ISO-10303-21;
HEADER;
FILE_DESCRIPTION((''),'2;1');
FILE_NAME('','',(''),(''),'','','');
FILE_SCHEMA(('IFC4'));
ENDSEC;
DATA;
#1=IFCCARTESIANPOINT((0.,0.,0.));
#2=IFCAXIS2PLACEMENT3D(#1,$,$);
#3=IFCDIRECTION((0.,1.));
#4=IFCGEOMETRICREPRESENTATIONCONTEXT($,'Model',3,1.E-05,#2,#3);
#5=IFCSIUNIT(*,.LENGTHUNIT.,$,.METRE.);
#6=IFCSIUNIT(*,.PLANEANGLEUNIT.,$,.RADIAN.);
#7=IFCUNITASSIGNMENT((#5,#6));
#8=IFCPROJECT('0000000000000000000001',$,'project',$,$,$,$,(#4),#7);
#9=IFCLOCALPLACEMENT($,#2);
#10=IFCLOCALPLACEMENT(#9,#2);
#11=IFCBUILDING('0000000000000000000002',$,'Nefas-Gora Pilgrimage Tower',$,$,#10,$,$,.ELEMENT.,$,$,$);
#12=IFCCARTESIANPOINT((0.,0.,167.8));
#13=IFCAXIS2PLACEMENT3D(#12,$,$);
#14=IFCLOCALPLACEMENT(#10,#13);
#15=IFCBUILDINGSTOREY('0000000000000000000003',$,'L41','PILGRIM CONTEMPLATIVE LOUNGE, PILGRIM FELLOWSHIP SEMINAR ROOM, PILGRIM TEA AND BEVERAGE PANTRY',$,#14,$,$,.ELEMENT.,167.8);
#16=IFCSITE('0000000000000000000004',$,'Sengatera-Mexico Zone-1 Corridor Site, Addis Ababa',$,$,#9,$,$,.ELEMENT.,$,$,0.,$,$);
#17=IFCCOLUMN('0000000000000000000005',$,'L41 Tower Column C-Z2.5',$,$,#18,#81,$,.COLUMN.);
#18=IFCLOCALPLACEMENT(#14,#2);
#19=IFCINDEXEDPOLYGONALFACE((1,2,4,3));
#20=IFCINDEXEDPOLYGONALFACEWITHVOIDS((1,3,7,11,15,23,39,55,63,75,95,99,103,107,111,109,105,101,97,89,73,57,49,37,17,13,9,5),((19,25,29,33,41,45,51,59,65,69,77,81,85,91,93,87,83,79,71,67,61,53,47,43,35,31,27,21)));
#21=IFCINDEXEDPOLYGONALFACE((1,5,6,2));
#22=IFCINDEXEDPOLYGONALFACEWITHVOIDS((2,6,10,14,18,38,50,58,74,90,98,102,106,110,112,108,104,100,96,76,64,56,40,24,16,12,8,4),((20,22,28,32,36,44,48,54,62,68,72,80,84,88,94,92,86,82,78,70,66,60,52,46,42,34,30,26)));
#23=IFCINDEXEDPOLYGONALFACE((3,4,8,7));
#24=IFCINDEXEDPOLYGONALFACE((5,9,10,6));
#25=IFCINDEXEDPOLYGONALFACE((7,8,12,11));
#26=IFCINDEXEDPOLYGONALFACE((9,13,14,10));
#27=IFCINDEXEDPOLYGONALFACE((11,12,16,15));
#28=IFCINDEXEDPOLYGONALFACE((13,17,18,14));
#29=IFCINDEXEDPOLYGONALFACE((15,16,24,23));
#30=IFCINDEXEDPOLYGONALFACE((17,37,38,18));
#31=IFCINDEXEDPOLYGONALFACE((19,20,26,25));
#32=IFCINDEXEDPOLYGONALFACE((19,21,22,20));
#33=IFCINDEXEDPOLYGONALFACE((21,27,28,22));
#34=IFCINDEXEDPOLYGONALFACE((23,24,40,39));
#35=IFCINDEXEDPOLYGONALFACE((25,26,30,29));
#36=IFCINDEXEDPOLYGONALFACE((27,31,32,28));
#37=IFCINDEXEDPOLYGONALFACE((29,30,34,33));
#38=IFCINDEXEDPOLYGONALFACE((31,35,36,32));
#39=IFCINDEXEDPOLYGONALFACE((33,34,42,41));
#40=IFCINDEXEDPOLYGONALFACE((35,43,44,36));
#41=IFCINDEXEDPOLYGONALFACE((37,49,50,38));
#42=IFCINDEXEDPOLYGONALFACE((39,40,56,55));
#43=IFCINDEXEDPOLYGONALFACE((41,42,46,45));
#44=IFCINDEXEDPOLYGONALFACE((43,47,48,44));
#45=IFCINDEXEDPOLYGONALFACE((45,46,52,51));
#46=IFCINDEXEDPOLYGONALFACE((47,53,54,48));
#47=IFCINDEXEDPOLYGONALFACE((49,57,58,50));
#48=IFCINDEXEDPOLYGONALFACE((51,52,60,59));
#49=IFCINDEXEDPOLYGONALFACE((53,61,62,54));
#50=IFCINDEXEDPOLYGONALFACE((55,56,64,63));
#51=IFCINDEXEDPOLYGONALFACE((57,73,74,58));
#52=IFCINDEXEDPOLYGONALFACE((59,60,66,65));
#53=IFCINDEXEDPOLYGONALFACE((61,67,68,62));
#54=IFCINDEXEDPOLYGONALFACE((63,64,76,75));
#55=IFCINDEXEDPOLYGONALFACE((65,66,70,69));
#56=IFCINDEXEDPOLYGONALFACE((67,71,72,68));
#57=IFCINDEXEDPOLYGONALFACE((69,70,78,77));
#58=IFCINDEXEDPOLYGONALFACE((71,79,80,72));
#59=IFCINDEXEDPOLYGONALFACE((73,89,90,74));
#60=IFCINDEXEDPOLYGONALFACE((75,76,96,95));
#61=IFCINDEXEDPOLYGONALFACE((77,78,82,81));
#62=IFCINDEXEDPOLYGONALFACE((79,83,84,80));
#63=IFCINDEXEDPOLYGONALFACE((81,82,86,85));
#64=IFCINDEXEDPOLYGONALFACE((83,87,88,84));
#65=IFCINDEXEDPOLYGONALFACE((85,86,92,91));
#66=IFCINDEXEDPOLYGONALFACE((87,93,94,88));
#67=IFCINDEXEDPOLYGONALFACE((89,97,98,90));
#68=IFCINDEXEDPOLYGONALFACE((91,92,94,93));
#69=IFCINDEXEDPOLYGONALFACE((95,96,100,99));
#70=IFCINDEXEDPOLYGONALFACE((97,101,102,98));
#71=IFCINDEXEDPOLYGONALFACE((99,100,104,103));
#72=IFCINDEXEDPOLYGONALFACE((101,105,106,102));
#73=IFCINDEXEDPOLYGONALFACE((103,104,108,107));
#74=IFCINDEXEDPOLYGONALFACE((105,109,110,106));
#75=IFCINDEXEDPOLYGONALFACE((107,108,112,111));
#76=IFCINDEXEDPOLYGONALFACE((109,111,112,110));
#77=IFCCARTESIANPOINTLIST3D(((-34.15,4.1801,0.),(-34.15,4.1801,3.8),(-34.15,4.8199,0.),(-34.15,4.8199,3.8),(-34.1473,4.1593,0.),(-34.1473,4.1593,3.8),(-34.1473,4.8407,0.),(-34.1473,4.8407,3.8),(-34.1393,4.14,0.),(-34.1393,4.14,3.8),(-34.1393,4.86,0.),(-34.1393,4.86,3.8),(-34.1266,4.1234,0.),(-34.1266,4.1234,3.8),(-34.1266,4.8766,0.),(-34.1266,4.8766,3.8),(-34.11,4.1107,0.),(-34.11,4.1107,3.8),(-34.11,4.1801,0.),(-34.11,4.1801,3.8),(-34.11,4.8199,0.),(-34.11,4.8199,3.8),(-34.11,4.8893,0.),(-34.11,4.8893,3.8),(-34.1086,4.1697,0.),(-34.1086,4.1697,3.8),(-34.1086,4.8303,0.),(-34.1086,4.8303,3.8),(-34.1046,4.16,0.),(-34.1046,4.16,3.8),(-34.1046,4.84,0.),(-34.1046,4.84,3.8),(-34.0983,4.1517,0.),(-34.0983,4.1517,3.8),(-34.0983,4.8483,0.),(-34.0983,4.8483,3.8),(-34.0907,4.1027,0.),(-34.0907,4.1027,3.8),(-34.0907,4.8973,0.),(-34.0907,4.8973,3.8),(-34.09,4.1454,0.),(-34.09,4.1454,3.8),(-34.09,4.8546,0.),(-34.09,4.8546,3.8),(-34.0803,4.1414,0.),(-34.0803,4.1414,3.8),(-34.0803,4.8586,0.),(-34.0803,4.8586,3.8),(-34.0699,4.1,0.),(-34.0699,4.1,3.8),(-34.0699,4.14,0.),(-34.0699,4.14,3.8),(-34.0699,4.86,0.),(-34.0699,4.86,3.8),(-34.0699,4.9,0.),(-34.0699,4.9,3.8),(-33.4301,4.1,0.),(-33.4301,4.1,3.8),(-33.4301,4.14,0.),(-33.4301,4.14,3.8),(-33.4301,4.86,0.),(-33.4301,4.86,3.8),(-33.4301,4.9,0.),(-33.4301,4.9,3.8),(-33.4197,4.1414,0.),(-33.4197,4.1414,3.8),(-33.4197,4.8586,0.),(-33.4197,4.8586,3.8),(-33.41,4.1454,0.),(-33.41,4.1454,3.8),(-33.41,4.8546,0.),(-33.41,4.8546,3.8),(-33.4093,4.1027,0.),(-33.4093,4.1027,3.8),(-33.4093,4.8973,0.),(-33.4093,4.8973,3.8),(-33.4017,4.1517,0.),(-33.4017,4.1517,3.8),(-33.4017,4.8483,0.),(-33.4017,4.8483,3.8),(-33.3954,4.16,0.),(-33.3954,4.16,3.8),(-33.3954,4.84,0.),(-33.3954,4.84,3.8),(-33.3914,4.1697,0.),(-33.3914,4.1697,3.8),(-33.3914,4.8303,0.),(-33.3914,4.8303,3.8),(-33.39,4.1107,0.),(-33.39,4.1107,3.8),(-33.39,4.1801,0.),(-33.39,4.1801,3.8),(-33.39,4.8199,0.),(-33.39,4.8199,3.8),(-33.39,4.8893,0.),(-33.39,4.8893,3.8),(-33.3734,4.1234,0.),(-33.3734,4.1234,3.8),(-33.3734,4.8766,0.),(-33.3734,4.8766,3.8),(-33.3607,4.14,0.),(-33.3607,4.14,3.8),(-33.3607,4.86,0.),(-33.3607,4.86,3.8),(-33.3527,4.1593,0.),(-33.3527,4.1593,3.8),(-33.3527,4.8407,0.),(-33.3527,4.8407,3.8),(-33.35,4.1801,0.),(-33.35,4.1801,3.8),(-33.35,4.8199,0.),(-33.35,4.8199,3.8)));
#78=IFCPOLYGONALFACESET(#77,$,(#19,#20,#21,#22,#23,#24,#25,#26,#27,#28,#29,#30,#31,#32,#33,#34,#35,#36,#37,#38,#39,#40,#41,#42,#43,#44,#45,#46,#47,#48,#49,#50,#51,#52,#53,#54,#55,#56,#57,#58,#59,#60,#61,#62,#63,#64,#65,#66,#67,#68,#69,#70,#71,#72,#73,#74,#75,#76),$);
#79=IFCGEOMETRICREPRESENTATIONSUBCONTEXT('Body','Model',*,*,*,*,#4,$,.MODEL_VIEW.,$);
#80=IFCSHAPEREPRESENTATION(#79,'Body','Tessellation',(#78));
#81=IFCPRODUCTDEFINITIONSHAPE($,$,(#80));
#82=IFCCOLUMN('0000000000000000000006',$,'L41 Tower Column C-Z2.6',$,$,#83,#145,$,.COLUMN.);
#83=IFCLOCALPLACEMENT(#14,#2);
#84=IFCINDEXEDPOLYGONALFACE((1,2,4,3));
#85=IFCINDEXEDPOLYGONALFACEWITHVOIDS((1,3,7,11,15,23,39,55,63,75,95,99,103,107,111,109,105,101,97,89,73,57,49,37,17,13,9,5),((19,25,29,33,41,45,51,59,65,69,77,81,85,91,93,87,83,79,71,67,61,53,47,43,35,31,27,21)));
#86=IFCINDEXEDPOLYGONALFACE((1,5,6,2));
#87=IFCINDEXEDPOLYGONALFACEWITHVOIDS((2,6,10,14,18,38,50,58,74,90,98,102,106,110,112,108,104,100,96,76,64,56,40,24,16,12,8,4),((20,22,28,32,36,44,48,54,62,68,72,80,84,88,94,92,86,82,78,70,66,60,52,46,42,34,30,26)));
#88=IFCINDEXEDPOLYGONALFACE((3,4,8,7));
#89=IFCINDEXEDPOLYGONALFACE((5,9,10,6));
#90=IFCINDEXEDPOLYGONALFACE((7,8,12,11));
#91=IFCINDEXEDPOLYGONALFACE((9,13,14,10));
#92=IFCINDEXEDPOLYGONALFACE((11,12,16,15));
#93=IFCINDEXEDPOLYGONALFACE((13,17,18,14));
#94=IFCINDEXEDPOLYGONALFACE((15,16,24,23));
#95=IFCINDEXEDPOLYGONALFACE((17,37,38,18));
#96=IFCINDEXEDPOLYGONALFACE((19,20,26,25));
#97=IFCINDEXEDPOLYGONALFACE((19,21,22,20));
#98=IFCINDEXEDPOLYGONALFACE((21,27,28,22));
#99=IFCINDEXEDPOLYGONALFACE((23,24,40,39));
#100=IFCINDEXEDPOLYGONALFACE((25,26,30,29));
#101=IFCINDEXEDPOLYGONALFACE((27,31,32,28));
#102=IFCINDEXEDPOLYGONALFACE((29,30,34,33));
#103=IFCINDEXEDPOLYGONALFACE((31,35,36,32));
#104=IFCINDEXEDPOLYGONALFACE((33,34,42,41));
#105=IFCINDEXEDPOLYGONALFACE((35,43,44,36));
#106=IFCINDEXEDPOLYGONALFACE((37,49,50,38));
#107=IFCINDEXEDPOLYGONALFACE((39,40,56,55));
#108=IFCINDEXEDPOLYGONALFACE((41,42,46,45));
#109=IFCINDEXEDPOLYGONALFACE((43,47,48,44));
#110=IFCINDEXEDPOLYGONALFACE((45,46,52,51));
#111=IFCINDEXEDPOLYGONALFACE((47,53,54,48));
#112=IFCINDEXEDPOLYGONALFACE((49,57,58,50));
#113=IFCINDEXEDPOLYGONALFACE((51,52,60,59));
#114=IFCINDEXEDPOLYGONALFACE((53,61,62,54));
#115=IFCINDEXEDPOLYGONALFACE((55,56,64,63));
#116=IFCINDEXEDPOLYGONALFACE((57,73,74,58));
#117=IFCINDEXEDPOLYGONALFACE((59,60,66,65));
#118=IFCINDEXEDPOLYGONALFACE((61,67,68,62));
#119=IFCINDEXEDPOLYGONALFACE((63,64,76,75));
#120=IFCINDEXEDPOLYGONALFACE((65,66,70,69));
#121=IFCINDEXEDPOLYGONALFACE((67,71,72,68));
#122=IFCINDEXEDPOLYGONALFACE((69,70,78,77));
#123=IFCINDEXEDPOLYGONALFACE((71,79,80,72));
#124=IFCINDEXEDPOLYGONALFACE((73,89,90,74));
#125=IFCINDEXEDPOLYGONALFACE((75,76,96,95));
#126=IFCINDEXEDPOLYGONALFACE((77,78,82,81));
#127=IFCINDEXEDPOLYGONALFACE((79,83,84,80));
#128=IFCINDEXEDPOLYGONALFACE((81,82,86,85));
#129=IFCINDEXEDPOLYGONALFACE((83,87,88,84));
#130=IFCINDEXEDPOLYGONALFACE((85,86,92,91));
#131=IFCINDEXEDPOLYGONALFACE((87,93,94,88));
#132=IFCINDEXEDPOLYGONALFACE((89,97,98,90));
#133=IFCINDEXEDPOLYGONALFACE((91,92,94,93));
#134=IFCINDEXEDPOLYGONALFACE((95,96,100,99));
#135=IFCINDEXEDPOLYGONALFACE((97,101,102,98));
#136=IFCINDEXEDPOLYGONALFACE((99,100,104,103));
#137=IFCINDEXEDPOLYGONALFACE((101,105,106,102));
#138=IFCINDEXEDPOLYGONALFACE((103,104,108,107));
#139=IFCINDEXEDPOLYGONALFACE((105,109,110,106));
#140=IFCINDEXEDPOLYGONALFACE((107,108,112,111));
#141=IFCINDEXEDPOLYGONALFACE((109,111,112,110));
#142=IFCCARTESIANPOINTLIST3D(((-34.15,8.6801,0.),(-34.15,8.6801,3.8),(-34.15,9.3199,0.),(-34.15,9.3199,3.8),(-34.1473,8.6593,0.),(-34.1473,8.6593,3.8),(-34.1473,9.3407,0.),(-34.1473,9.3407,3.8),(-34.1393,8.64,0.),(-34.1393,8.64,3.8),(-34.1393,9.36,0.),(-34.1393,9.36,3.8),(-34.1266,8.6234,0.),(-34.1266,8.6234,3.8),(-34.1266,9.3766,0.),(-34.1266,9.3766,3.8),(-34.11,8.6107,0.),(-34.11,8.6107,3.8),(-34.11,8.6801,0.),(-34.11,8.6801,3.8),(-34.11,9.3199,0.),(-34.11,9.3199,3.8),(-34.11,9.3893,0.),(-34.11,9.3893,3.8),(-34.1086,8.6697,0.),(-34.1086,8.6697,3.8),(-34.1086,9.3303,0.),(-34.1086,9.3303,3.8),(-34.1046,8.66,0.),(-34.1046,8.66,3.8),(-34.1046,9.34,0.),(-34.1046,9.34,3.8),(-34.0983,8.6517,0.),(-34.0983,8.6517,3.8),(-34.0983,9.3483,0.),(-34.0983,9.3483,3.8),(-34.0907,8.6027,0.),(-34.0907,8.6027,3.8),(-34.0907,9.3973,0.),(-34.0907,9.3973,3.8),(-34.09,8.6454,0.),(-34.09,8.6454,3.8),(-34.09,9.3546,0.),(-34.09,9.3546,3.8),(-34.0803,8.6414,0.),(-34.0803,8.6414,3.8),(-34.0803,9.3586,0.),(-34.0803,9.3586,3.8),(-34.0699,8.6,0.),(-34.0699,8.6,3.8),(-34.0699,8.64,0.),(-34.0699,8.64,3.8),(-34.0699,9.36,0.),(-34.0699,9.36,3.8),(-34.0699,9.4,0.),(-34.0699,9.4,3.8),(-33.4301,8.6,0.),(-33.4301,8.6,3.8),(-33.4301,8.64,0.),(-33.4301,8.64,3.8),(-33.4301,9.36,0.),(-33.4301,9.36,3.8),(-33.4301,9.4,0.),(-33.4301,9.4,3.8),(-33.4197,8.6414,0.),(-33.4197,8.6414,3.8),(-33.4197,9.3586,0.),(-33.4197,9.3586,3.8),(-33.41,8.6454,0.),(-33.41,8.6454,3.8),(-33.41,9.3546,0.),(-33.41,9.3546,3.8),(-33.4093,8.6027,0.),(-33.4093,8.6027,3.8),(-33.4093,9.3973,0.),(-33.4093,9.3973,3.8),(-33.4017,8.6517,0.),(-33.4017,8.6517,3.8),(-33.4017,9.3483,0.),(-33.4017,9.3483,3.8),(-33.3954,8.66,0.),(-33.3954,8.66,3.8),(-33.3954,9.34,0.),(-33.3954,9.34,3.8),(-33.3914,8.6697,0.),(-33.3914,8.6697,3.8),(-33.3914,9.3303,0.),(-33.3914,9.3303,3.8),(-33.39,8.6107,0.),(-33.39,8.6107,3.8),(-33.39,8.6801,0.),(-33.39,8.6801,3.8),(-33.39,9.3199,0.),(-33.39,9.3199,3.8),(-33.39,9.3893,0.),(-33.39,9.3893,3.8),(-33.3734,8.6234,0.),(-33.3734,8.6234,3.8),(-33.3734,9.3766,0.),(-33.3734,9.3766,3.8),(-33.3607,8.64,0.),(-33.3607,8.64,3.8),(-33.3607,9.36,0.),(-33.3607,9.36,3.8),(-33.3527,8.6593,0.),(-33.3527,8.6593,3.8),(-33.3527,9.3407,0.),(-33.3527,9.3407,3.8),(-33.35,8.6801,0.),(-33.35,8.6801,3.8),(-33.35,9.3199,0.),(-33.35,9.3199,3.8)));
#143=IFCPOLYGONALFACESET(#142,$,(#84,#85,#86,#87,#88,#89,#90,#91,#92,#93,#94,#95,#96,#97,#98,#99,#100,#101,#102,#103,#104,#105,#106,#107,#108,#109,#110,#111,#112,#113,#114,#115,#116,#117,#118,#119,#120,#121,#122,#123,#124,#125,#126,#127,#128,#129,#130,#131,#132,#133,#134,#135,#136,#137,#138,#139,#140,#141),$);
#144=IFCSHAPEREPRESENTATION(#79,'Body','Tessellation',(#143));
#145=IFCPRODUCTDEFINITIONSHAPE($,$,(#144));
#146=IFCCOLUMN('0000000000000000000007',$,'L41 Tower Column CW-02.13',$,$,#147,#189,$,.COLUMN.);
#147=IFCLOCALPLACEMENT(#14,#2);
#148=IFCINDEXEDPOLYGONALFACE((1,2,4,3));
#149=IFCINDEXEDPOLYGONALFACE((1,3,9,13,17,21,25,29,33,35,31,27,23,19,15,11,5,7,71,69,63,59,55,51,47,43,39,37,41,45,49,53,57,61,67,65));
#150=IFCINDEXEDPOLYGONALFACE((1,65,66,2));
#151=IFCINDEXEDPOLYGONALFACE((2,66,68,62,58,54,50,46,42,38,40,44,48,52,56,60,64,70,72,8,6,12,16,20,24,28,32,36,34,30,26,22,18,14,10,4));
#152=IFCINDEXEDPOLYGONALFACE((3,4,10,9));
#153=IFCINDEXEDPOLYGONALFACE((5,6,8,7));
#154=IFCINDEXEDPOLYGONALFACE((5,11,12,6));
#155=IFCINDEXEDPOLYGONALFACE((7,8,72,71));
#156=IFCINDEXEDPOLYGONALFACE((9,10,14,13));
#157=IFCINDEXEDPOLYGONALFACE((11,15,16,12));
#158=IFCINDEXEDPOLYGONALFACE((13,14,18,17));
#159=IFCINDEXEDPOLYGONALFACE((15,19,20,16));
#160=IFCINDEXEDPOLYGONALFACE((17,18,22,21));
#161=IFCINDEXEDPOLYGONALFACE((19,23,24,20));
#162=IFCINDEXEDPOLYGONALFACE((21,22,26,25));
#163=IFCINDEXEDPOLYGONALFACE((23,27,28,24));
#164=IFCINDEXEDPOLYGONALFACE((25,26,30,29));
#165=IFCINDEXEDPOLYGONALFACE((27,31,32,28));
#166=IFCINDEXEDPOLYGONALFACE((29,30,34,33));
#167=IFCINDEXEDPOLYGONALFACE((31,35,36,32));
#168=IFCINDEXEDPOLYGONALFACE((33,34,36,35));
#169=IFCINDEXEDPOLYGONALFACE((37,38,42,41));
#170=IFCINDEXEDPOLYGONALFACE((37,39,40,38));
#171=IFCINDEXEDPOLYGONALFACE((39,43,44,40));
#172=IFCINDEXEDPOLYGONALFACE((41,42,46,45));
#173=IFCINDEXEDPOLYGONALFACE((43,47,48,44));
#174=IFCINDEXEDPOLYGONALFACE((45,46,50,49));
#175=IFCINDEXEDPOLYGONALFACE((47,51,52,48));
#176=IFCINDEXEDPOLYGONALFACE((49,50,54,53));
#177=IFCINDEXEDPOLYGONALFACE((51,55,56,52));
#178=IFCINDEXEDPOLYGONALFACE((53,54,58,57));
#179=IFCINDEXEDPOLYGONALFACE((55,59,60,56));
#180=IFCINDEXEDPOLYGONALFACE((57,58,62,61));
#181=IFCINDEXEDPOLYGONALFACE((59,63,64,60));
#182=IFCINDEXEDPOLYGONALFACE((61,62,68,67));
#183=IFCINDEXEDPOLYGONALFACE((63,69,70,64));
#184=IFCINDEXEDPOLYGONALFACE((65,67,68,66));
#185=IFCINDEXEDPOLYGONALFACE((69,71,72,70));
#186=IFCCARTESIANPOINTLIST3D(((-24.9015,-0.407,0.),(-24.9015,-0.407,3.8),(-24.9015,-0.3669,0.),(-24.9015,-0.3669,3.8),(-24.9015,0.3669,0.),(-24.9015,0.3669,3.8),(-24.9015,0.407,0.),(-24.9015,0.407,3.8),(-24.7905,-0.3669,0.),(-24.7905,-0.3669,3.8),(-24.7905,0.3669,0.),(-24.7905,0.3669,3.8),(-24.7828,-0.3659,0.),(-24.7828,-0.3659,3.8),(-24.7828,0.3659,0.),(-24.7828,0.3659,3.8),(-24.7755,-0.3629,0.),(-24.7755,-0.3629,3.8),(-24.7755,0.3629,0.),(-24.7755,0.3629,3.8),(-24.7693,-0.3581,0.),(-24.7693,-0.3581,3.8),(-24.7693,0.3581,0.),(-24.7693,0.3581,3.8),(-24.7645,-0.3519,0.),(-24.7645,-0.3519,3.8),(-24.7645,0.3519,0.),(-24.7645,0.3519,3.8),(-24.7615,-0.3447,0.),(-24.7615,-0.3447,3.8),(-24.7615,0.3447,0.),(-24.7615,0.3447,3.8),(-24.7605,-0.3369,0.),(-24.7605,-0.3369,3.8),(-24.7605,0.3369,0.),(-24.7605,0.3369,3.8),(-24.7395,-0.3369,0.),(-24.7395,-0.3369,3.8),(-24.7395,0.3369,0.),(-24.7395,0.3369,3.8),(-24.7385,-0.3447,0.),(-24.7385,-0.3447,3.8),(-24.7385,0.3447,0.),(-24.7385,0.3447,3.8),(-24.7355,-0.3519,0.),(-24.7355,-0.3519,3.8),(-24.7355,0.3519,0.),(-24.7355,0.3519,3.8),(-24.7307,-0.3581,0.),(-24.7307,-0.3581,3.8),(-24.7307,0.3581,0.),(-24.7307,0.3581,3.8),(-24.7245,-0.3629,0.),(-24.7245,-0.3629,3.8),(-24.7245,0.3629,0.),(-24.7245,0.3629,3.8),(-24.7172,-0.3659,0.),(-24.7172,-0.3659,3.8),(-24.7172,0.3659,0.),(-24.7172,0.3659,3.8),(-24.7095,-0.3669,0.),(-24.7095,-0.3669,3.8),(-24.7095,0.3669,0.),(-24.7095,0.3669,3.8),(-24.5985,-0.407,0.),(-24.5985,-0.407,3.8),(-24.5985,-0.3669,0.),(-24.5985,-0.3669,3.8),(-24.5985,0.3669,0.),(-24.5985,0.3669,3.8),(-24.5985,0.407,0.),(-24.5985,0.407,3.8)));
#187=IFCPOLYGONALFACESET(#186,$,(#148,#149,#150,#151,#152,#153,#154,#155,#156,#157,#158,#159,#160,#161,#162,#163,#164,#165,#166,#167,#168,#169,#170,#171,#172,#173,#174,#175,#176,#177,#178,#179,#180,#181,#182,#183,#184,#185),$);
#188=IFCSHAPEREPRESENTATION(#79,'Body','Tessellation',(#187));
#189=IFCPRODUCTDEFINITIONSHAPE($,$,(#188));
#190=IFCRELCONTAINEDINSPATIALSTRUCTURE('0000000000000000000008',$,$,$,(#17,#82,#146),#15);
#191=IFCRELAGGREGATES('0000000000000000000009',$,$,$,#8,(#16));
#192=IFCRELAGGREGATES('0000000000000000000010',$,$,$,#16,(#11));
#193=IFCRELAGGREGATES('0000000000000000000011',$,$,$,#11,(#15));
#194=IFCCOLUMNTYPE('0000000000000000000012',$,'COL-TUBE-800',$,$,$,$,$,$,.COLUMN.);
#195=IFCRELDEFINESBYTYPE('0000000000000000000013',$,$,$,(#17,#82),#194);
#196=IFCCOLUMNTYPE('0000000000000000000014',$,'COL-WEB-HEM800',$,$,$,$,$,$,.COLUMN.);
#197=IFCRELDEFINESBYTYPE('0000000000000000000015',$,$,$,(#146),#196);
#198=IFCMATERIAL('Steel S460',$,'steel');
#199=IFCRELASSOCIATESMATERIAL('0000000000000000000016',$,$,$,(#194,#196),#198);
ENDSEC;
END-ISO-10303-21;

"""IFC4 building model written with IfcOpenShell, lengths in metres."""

from ifc_helpers import new_model, si_unit, direction, frame, origin, origin_2d, place, context, subcontext, project, spatial, hollow_rectangle, i_section, extrude, source, transform, mapped, material, material_profile, profile_set, type_object, element, save


model = new_model("IFC4")

# Units and contexts
model_context = context("Model", 3, precision=1e-05, world=origin(), true_north=direction((0.0, 1.0)))
body_context = subcontext(model_context, "Body", "Model", "MODEL_VIEW")
ifc_project = project(units=[si_unit("LENGTHUNIT", "METRE"), si_unit("PLANEANGLEUNIT", "RADIAN")], contexts=[model_context])

# Site, building, storey
site_placement = place(None, origin())
site = spatial("IfcSite", under=ifc_project, at=site_placement, Name="Sengatera-Mexico Zone-1 Corridor Site, Addis Ababa", CompositionType="ELEMENT", RefElevation=0.0)
building_placement = place(site_placement, origin())
building = spatial("IfcBuilding", under=site, at=building_placement, Name="Nefas-Gora Pilgrimage Tower", CompositionType="ELEMENT")
storey_placement = place(building_placement, frame((0.0, 0.0, 167.8)))
storey = spatial("IfcBuildingStorey", under=building, at=storey_placement, Name="L41", Description="PILGRIM CONTEMPLATIVE LOUNGE, PILGRIM FELLOWSHIP SEMINAR ROOM, PILGRIM TEA AND BEVERAGE PANTRY", CompositionType="ELEMENT", Elevation=167.8)

# Columns
ifc_material_1 = material(Name="Steel S460", Category="steel")
ifc_material_profile_1 = material_profile(ifc_material_1, hollow_rectangle(XDim=0.8, YDim=0.8, WallThickness=0.04, InnerFilletRadius=0.04, OuterFilletRadius=0.0801, at=origin_2d()), Name="BOX 800x800x40")
ifc_profile_set_1 = profile_set([ifc_material_profile_1], Name="Steel S460")
column_type_1 = type_object("IfcColumnType", Name="COL-TUBE-800", PredefinedType="COLUMN", material=ifc_profile_set_1)
shared_shape_1 = source(origin(), body_context, "Body", "SweptSolid", [
    extrude(hollow_rectangle(XDim=0.8, YDim=0.8, WallThickness=0.04, InnerFilletRadius=0.04, OuterFilletRadius=0.0801, at=origin_2d()), origin(), (0.0, 0.0, 1.0), 3.8),
])
for number, where, z_axis, x_axis, name in (
    (1, (-33.75, 4.5, 0.0), (0.0, 0.0, 1.0), (1.0, 0.0, 0.0), "L41 Tower Column C-Z2.5"),
    (2, (-33.75, 9.0, 0.0), (0.0, 0.0, 1.0), (1.0, 0.0, 0.0), "L41 Tower Column C-Z2.6"),
):
    element("IfcColumn", number, at=place(storey_placement, frame(where, z_axis=z_axis, x_axis=x_axis)), inside=storey, type_object=column_type_1, Name=name, PredefinedType="COLUMN", context=body_context, shape_type="MappedRepresentation", body=[
        mapped(shared_shape_1, transform((0.0, 0.0, 0.0), x_axis=(1.0, 0.0, 0.0), y_axis=(0.0, 1.0, 0.0), z_axis=(0.0, 0.0, 1.0), scale=1.0)),
    ])
ifc_material_profile_2 = material_profile(ifc_material_1, i_section(OverallWidth=0.303, OverallDepth=0.814, WebThickness=0.021, FlangeThickness=0.04, FilletRadius=0.03, at=origin_2d()), Name="HEM 800")
ifc_profile_set_2 = profile_set([ifc_material_profile_2], Name="Steel S460")
column_type_2 = type_object("IfcColumnType", Name="COL-WEB-HEM800", PredefinedType="COLUMN", material=ifc_profile_set_2)
shared_shape_2 = source(origin(), body_context, "Body", "SweptSolid", [
    extrude(i_section(OverallWidth=0.303, OverallDepth=0.814, WebThickness=0.021, FlangeThickness=0.04, FilletRadius=0.03, at=origin_2d()), origin(), (0.0, 0.0, 1.0), 3.8),
])
for number, where, z_axis, x_axis, name in (
    (3, (-24.75, 0.0, 0.0), (0.0, 0.0, 1.0), (1.0, 0.0, 0.0), "L41 Tower Column CW-02.13"),
):
    element("IfcColumn", number, at=place(storey_placement, frame(where, z_axis=z_axis, x_axis=x_axis)), inside=storey, type_object=column_type_2, Name=name, PredefinedType="COLUMN", context=body_context, shape_type="MappedRepresentation", body=[
        mapped(shared_shape_2, transform((0.0, 0.0, 0.0), x_axis=(1.0, 0.0, 0.0), y_axis=(0.0, 1.0, 0.0), z_axis=(0.0, 0.0, 1.0), scale=1.0)),
    ])

save(model, "model.ifc")
